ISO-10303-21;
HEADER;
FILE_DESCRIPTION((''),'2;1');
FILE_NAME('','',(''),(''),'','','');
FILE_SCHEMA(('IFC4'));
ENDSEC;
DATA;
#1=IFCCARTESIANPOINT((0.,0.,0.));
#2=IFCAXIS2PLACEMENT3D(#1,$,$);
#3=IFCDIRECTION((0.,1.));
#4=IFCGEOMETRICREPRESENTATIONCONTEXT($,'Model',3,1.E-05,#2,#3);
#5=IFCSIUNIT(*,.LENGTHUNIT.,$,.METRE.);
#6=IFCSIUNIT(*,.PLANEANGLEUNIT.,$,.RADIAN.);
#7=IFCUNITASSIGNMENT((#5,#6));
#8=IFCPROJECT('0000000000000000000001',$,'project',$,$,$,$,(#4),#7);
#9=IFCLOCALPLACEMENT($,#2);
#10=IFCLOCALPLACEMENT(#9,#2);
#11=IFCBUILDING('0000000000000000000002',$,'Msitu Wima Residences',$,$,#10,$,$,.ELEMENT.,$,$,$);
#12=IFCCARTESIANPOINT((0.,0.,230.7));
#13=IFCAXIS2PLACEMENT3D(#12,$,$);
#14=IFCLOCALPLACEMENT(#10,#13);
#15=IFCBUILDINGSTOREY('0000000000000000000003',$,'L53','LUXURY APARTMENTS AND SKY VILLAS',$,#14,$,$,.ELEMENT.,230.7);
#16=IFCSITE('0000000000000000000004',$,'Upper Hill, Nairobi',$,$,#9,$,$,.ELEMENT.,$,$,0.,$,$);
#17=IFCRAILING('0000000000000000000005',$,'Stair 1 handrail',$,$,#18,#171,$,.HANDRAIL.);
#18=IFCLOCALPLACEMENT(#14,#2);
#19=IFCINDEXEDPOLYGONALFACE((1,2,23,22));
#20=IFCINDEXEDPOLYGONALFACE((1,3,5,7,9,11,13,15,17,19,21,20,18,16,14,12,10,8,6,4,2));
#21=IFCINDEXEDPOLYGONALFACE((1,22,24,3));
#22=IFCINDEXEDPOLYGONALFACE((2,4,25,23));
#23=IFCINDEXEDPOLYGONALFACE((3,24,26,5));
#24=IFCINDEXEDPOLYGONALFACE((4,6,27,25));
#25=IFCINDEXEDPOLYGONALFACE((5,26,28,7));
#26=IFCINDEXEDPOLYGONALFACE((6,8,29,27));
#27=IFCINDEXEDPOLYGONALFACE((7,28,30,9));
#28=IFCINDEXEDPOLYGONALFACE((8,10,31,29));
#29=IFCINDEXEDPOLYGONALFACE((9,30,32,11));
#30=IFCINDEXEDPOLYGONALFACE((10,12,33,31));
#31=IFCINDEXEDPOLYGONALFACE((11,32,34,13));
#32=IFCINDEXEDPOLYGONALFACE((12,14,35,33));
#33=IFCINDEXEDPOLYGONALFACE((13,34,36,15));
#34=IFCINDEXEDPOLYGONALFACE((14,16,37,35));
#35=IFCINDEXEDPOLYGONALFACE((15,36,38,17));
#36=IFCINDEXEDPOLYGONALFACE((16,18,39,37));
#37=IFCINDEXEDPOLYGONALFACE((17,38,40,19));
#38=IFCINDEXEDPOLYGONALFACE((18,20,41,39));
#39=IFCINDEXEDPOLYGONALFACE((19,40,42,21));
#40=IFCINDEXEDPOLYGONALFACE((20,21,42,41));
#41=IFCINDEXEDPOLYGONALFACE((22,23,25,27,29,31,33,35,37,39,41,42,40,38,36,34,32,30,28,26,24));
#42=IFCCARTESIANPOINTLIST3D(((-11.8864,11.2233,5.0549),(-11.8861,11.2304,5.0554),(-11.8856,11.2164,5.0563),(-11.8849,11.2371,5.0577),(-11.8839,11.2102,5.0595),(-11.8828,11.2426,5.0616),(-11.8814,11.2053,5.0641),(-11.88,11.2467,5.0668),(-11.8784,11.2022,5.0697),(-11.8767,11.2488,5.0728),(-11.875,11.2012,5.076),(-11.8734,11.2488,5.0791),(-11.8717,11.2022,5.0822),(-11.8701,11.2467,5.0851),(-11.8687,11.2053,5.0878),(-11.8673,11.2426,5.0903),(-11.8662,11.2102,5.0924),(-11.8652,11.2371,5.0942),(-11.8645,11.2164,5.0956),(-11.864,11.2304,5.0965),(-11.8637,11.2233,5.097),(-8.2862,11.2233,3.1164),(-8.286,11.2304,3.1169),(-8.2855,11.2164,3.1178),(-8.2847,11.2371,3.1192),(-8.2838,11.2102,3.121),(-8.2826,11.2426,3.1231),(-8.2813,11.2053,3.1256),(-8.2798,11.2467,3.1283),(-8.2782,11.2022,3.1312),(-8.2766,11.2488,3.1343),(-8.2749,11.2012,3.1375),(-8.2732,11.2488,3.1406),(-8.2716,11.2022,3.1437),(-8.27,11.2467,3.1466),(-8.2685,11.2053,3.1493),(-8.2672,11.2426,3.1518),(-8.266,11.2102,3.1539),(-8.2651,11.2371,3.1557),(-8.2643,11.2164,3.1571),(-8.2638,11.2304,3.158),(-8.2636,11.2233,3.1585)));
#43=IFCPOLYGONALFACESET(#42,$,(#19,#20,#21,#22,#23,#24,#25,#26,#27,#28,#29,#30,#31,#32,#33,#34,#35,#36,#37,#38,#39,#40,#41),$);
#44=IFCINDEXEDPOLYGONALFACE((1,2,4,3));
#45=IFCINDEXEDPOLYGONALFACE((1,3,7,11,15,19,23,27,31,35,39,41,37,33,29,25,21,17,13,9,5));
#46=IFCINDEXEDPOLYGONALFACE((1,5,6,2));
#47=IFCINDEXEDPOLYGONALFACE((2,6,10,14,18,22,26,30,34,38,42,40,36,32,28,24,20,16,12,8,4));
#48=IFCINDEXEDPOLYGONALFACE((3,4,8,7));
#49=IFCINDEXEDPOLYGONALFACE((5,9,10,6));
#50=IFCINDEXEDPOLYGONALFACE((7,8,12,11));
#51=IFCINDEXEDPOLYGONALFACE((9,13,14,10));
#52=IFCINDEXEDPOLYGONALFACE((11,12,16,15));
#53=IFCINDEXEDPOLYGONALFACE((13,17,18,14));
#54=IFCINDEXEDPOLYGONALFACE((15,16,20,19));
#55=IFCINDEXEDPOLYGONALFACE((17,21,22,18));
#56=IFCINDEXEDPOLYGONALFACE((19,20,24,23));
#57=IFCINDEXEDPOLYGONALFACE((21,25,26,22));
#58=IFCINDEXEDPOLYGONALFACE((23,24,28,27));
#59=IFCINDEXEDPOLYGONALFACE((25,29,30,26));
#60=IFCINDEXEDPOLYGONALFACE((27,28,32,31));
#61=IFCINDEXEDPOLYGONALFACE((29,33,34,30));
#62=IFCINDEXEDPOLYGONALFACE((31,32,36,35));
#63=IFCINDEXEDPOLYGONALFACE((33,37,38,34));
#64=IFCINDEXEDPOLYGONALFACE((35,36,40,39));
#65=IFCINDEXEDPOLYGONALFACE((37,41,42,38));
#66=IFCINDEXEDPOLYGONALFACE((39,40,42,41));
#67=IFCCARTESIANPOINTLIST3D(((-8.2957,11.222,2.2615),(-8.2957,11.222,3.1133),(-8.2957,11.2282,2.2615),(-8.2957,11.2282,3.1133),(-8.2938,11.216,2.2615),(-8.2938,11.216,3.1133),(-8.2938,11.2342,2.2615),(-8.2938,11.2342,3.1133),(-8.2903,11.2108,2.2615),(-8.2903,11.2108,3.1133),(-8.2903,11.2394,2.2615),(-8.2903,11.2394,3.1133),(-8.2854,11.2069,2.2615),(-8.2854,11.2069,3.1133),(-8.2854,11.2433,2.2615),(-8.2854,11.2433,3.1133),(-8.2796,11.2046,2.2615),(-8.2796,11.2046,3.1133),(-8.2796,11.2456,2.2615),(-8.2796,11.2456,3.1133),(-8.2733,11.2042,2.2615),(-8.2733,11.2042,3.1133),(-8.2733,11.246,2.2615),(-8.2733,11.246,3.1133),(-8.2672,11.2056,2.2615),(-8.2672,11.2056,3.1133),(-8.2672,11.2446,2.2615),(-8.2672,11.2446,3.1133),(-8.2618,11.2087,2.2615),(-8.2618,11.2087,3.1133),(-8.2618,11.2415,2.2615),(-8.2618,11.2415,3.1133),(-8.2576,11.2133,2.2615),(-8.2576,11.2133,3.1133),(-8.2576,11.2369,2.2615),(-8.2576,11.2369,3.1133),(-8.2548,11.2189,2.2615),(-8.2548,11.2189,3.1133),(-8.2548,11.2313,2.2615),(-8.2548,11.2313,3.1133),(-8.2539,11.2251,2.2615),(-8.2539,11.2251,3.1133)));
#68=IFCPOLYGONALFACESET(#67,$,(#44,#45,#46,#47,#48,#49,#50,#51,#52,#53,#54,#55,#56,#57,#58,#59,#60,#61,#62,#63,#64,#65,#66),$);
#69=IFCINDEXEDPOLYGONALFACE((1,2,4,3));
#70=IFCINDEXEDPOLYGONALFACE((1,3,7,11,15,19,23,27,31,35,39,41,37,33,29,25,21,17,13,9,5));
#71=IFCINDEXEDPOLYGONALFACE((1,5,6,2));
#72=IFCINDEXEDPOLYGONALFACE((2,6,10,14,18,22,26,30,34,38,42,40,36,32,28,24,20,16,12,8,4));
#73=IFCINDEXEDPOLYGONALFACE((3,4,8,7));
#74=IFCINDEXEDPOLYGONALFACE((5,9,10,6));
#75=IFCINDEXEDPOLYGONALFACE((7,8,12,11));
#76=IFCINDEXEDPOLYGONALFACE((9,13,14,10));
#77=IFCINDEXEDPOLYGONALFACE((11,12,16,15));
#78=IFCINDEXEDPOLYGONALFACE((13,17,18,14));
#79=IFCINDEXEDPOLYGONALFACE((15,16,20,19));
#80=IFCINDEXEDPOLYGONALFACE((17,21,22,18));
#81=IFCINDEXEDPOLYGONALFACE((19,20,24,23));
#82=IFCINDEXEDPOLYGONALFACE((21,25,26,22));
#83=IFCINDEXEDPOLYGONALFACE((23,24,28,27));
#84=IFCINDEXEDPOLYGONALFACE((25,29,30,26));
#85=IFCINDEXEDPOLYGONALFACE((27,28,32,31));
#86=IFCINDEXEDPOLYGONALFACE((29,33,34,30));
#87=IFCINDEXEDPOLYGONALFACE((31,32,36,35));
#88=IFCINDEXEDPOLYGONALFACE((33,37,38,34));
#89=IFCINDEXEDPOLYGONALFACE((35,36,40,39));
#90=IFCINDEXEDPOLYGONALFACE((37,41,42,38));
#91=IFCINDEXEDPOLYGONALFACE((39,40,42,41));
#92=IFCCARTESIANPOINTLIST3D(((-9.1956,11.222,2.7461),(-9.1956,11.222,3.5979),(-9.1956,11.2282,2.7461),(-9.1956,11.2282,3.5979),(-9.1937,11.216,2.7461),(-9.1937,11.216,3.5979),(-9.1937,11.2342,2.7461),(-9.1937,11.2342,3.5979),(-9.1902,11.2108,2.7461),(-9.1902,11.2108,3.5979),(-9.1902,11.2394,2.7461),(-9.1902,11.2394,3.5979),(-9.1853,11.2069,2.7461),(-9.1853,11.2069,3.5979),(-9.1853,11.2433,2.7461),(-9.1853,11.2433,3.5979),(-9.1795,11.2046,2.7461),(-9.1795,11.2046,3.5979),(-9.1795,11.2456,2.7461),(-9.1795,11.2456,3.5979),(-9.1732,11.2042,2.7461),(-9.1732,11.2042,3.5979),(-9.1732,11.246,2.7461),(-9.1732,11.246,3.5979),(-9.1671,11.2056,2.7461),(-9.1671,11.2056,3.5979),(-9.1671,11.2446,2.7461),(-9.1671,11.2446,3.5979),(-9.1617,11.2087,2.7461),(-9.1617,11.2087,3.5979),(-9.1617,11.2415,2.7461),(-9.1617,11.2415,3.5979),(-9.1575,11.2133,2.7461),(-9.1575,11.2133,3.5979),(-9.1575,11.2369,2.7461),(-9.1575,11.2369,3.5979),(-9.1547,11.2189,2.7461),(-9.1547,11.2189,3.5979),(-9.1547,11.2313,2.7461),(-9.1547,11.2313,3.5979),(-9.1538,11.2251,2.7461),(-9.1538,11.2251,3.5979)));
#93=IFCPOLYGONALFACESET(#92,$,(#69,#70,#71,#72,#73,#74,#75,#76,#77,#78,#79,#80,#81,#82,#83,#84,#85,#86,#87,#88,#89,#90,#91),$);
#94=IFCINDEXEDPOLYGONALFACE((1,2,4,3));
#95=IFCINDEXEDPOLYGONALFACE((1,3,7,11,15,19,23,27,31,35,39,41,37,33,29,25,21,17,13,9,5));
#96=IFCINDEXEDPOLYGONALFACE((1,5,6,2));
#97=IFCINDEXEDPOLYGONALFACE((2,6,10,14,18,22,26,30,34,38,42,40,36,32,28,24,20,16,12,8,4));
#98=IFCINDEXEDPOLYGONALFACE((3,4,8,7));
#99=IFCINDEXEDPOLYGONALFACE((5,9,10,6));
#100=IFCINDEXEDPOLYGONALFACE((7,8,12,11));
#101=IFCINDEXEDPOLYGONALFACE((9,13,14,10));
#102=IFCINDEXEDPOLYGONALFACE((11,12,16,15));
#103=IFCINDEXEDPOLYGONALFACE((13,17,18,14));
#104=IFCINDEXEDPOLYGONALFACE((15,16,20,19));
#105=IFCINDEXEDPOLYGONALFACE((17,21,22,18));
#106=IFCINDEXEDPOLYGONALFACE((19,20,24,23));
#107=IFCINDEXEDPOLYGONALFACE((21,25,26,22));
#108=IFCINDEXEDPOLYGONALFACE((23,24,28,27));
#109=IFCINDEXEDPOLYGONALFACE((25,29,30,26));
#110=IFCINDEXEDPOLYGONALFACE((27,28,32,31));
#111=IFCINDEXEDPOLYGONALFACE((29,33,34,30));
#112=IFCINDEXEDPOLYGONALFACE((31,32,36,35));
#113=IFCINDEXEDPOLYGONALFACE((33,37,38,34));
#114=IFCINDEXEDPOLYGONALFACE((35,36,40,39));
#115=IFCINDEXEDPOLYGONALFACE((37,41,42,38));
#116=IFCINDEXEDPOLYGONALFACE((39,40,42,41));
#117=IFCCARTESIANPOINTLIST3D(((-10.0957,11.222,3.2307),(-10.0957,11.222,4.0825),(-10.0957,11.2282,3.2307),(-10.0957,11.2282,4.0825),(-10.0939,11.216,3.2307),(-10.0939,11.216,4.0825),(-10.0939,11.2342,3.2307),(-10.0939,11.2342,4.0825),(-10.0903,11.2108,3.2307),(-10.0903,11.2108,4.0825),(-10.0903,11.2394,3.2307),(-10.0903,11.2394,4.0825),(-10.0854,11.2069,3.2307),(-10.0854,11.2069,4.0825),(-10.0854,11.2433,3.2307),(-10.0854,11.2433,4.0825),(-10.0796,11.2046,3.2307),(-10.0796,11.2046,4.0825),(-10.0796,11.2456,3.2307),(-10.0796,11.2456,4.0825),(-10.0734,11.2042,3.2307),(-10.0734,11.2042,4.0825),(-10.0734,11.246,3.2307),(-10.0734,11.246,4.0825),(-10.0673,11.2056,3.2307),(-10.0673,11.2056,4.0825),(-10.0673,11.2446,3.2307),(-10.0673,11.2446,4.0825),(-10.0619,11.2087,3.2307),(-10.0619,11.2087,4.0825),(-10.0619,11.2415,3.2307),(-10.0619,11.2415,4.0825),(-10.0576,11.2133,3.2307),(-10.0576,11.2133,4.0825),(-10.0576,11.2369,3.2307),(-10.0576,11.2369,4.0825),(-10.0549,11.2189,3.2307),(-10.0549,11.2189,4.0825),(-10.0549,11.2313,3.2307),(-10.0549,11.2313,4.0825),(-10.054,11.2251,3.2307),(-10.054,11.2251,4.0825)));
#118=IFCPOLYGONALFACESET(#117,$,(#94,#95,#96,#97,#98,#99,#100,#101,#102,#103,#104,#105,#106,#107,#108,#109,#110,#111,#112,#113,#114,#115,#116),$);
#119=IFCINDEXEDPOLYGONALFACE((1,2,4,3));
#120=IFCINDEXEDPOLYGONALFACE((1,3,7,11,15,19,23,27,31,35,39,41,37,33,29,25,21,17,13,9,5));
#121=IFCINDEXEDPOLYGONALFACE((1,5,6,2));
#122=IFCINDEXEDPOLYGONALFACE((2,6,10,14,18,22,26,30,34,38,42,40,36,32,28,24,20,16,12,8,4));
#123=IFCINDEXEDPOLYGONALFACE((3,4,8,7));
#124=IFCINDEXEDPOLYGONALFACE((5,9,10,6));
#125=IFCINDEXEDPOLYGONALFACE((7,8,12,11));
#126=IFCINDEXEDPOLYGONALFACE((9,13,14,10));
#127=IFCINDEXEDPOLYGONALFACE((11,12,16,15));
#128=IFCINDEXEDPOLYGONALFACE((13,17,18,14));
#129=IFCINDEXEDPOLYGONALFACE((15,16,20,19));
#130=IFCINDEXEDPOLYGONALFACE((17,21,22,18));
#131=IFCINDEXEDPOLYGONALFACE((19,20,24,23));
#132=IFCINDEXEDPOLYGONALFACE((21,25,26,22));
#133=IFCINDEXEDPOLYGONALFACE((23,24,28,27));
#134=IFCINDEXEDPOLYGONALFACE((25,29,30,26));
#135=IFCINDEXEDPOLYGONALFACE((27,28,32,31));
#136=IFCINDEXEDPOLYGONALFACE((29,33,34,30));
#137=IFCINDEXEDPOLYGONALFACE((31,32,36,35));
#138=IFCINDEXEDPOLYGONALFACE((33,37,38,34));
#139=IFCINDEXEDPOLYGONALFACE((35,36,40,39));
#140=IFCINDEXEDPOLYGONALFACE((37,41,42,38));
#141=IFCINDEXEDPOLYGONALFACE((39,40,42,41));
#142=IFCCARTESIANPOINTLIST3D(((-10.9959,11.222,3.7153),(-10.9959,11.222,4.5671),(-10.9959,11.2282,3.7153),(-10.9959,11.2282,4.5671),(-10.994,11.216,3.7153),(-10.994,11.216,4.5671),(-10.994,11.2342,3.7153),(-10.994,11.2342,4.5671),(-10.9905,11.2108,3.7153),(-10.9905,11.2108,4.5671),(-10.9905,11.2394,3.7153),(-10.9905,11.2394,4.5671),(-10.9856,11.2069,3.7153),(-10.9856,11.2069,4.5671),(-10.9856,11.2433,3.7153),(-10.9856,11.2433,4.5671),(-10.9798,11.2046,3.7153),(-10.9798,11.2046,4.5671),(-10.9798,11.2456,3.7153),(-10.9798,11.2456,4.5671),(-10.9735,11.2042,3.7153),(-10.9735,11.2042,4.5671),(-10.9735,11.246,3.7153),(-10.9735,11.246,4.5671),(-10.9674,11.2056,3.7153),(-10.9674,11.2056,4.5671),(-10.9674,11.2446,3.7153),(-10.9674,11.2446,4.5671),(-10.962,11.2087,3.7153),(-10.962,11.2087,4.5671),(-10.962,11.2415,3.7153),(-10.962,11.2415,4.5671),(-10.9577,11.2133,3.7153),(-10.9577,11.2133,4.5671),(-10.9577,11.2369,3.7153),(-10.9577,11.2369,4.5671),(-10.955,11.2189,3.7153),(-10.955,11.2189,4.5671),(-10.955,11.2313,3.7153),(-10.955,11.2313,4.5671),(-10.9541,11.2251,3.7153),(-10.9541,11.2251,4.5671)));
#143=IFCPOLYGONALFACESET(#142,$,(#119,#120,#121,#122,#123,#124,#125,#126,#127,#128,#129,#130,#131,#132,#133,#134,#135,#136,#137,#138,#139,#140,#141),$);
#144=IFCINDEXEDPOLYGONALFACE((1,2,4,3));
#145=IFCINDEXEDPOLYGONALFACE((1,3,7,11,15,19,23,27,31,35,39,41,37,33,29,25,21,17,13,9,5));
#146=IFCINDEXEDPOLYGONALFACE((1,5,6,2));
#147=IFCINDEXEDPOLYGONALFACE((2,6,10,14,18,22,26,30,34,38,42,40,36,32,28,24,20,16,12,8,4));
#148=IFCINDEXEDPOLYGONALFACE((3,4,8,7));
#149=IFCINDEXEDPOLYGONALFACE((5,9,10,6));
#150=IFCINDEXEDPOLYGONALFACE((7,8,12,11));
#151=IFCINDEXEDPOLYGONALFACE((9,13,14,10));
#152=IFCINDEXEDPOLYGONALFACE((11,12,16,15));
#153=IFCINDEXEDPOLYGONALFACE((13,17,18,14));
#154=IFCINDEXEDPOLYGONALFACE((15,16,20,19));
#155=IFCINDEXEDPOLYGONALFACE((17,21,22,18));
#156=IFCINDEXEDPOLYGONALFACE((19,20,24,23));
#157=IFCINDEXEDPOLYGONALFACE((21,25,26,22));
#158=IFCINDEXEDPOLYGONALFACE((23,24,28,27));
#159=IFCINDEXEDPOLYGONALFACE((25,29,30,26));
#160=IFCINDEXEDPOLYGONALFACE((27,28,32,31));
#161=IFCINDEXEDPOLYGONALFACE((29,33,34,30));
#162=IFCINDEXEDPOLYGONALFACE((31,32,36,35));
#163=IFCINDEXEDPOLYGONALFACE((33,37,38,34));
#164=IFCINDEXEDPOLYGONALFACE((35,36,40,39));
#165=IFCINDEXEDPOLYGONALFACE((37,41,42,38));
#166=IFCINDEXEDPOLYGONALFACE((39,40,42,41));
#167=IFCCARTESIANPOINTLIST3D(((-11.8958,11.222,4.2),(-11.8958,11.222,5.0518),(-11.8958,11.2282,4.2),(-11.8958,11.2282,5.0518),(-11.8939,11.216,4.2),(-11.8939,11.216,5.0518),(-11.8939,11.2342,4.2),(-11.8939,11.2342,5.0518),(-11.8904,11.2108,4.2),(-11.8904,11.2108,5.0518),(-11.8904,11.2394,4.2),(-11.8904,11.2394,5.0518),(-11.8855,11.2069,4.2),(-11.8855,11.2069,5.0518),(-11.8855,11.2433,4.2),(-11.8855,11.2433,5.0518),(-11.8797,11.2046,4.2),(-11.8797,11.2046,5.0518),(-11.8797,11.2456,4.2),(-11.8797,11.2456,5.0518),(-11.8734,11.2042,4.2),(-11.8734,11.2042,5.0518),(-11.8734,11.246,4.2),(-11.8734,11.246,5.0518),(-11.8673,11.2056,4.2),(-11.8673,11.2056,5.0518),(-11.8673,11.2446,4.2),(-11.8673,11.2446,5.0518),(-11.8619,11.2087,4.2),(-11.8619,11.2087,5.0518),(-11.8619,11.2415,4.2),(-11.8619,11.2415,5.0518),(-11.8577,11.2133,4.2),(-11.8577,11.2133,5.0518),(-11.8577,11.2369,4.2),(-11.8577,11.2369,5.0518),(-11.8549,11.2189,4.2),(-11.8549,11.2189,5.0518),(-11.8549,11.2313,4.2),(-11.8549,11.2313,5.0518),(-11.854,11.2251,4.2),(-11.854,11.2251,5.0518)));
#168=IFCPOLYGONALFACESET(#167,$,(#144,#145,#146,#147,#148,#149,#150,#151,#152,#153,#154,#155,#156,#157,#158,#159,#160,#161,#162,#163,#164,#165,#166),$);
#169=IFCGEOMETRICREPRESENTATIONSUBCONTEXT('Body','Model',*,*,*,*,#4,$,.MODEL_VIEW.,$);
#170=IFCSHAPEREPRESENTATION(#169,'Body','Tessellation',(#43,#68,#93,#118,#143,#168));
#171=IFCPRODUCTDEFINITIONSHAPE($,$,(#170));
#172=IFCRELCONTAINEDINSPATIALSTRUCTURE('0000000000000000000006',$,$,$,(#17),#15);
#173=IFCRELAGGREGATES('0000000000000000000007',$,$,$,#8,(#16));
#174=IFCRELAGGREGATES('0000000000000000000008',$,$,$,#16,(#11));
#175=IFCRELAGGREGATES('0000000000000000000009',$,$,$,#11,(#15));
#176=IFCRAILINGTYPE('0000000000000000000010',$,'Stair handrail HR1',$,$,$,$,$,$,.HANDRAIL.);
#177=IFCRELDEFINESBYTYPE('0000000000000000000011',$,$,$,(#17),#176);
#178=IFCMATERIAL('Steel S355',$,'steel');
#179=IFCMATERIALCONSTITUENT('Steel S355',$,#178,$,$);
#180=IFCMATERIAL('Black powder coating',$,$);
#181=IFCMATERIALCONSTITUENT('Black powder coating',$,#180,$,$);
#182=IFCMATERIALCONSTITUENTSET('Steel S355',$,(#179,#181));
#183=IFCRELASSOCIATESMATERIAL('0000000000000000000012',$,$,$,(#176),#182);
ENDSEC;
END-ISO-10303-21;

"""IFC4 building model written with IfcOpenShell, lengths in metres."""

from ifc_helpers import new_model, si_unit, direction, frame, origin, origin_2d, place, context, subcontext, project, spatial, circle, extrude, material, constituent, constituent_set, type_object, element, save


model = new_model("IFC4")

# Units and contexts
model_context = context("Model", 3, precision=1e-05, world=origin(), true_north=direction((0.0, 1.0)))
body_context = subcontext(model_context, "Body", "Model", "MODEL_VIEW")
ifc_project = project(units=[si_unit("LENGTHUNIT", "METRE"), si_unit("PLANEANGLEUNIT", "RADIAN")], contexts=[model_context])

# Site, building, storey
site_placement = place(None, origin())
site = spatial("IfcSite", under=ifc_project, at=site_placement, Name="Upper Hill, Nairobi", CompositionType="ELEMENT", RefElevation=0.0)
building_placement = place(site_placement, origin())
building = spatial("IfcBuilding", under=site, at=building_placement, Name="Msitu Wima Residences", CompositionType="ELEMENT")
storey_placement = place(building_placement, frame((0.0, 0.0, 230.7)))
storey = spatial("IfcBuildingStorey", under=building, at=storey_placement, Name="L53", Description="LUXURY APARTMENTS AND SKY VILLAS", CompositionType="ELEMENT", Elevation=230.7)

# Railing
ifc_material_1 = material(Name="Steel S355", Category="steel")
ifc_constituent_1 = constituent(ifc_material_1, Name="Steel S355")
ifc_material_2 = material(Name="Black powder coating")
ifc_constituent_2 = constituent(ifc_material_2, Name="Black powder coating")
ifc_constituent_set = constituent_set(constituents=[ifc_constituent_1, ifc_constituent_2], Name="Steel S355")
railing_type = type_object("IfcRailingType", Name="Stair handrail HR1", PredefinedType="HANDRAIL", material=ifc_constituent_set)
for number, where, name in (
    (1, (-8.2749, 11.2251, 2.2615), "Stair 1 handrail"),
):
    element("IfcRailing", number, at=place(storey_placement, frame(where)), inside=storey, type_object=railing_type, Name=name, PredefinedType="HANDRAIL", context=body_context, shape_type="SweptSolid", body=[
        extrude(circle(Radius=0.0239, at=origin_2d()), frame((0.0, 0.0, 0.876), z_axis=(-0.880475, 0.0, 0.474093), x_axis=(0.0, -1.0, 0.0)), (0.0, 0.0, 1.0), 4.0889),
        extrude(circle(Radius=0.021, at=origin_2d()), origin(), (0.0, 0.0, 1.0), 0.8518),
        extrude(circle(Radius=0.021, at=origin_2d()), frame((-0.8999, 0.0, 0.4846)), (0.0, 0.0, 1.0), 0.8518),
        extrude(circle(Radius=0.021, at=origin_2d()), frame((-1.8, 0.0, 0.9692)), (0.0, 0.0, 1.0), 0.8518),
        extrude(circle(Radius=0.021, at=origin_2d()), frame((-2.7002, 0.0, 1.4539)), (0.0, 0.0, 1.0), 0.8518),
        extrude(circle(Radius=0.021, at=origin_2d()), frame((-3.6001, 0.0, 1.9385)), (0.0, 0.0, 1.0), 0.8518),
    ])

save(model, "model.ifc")
